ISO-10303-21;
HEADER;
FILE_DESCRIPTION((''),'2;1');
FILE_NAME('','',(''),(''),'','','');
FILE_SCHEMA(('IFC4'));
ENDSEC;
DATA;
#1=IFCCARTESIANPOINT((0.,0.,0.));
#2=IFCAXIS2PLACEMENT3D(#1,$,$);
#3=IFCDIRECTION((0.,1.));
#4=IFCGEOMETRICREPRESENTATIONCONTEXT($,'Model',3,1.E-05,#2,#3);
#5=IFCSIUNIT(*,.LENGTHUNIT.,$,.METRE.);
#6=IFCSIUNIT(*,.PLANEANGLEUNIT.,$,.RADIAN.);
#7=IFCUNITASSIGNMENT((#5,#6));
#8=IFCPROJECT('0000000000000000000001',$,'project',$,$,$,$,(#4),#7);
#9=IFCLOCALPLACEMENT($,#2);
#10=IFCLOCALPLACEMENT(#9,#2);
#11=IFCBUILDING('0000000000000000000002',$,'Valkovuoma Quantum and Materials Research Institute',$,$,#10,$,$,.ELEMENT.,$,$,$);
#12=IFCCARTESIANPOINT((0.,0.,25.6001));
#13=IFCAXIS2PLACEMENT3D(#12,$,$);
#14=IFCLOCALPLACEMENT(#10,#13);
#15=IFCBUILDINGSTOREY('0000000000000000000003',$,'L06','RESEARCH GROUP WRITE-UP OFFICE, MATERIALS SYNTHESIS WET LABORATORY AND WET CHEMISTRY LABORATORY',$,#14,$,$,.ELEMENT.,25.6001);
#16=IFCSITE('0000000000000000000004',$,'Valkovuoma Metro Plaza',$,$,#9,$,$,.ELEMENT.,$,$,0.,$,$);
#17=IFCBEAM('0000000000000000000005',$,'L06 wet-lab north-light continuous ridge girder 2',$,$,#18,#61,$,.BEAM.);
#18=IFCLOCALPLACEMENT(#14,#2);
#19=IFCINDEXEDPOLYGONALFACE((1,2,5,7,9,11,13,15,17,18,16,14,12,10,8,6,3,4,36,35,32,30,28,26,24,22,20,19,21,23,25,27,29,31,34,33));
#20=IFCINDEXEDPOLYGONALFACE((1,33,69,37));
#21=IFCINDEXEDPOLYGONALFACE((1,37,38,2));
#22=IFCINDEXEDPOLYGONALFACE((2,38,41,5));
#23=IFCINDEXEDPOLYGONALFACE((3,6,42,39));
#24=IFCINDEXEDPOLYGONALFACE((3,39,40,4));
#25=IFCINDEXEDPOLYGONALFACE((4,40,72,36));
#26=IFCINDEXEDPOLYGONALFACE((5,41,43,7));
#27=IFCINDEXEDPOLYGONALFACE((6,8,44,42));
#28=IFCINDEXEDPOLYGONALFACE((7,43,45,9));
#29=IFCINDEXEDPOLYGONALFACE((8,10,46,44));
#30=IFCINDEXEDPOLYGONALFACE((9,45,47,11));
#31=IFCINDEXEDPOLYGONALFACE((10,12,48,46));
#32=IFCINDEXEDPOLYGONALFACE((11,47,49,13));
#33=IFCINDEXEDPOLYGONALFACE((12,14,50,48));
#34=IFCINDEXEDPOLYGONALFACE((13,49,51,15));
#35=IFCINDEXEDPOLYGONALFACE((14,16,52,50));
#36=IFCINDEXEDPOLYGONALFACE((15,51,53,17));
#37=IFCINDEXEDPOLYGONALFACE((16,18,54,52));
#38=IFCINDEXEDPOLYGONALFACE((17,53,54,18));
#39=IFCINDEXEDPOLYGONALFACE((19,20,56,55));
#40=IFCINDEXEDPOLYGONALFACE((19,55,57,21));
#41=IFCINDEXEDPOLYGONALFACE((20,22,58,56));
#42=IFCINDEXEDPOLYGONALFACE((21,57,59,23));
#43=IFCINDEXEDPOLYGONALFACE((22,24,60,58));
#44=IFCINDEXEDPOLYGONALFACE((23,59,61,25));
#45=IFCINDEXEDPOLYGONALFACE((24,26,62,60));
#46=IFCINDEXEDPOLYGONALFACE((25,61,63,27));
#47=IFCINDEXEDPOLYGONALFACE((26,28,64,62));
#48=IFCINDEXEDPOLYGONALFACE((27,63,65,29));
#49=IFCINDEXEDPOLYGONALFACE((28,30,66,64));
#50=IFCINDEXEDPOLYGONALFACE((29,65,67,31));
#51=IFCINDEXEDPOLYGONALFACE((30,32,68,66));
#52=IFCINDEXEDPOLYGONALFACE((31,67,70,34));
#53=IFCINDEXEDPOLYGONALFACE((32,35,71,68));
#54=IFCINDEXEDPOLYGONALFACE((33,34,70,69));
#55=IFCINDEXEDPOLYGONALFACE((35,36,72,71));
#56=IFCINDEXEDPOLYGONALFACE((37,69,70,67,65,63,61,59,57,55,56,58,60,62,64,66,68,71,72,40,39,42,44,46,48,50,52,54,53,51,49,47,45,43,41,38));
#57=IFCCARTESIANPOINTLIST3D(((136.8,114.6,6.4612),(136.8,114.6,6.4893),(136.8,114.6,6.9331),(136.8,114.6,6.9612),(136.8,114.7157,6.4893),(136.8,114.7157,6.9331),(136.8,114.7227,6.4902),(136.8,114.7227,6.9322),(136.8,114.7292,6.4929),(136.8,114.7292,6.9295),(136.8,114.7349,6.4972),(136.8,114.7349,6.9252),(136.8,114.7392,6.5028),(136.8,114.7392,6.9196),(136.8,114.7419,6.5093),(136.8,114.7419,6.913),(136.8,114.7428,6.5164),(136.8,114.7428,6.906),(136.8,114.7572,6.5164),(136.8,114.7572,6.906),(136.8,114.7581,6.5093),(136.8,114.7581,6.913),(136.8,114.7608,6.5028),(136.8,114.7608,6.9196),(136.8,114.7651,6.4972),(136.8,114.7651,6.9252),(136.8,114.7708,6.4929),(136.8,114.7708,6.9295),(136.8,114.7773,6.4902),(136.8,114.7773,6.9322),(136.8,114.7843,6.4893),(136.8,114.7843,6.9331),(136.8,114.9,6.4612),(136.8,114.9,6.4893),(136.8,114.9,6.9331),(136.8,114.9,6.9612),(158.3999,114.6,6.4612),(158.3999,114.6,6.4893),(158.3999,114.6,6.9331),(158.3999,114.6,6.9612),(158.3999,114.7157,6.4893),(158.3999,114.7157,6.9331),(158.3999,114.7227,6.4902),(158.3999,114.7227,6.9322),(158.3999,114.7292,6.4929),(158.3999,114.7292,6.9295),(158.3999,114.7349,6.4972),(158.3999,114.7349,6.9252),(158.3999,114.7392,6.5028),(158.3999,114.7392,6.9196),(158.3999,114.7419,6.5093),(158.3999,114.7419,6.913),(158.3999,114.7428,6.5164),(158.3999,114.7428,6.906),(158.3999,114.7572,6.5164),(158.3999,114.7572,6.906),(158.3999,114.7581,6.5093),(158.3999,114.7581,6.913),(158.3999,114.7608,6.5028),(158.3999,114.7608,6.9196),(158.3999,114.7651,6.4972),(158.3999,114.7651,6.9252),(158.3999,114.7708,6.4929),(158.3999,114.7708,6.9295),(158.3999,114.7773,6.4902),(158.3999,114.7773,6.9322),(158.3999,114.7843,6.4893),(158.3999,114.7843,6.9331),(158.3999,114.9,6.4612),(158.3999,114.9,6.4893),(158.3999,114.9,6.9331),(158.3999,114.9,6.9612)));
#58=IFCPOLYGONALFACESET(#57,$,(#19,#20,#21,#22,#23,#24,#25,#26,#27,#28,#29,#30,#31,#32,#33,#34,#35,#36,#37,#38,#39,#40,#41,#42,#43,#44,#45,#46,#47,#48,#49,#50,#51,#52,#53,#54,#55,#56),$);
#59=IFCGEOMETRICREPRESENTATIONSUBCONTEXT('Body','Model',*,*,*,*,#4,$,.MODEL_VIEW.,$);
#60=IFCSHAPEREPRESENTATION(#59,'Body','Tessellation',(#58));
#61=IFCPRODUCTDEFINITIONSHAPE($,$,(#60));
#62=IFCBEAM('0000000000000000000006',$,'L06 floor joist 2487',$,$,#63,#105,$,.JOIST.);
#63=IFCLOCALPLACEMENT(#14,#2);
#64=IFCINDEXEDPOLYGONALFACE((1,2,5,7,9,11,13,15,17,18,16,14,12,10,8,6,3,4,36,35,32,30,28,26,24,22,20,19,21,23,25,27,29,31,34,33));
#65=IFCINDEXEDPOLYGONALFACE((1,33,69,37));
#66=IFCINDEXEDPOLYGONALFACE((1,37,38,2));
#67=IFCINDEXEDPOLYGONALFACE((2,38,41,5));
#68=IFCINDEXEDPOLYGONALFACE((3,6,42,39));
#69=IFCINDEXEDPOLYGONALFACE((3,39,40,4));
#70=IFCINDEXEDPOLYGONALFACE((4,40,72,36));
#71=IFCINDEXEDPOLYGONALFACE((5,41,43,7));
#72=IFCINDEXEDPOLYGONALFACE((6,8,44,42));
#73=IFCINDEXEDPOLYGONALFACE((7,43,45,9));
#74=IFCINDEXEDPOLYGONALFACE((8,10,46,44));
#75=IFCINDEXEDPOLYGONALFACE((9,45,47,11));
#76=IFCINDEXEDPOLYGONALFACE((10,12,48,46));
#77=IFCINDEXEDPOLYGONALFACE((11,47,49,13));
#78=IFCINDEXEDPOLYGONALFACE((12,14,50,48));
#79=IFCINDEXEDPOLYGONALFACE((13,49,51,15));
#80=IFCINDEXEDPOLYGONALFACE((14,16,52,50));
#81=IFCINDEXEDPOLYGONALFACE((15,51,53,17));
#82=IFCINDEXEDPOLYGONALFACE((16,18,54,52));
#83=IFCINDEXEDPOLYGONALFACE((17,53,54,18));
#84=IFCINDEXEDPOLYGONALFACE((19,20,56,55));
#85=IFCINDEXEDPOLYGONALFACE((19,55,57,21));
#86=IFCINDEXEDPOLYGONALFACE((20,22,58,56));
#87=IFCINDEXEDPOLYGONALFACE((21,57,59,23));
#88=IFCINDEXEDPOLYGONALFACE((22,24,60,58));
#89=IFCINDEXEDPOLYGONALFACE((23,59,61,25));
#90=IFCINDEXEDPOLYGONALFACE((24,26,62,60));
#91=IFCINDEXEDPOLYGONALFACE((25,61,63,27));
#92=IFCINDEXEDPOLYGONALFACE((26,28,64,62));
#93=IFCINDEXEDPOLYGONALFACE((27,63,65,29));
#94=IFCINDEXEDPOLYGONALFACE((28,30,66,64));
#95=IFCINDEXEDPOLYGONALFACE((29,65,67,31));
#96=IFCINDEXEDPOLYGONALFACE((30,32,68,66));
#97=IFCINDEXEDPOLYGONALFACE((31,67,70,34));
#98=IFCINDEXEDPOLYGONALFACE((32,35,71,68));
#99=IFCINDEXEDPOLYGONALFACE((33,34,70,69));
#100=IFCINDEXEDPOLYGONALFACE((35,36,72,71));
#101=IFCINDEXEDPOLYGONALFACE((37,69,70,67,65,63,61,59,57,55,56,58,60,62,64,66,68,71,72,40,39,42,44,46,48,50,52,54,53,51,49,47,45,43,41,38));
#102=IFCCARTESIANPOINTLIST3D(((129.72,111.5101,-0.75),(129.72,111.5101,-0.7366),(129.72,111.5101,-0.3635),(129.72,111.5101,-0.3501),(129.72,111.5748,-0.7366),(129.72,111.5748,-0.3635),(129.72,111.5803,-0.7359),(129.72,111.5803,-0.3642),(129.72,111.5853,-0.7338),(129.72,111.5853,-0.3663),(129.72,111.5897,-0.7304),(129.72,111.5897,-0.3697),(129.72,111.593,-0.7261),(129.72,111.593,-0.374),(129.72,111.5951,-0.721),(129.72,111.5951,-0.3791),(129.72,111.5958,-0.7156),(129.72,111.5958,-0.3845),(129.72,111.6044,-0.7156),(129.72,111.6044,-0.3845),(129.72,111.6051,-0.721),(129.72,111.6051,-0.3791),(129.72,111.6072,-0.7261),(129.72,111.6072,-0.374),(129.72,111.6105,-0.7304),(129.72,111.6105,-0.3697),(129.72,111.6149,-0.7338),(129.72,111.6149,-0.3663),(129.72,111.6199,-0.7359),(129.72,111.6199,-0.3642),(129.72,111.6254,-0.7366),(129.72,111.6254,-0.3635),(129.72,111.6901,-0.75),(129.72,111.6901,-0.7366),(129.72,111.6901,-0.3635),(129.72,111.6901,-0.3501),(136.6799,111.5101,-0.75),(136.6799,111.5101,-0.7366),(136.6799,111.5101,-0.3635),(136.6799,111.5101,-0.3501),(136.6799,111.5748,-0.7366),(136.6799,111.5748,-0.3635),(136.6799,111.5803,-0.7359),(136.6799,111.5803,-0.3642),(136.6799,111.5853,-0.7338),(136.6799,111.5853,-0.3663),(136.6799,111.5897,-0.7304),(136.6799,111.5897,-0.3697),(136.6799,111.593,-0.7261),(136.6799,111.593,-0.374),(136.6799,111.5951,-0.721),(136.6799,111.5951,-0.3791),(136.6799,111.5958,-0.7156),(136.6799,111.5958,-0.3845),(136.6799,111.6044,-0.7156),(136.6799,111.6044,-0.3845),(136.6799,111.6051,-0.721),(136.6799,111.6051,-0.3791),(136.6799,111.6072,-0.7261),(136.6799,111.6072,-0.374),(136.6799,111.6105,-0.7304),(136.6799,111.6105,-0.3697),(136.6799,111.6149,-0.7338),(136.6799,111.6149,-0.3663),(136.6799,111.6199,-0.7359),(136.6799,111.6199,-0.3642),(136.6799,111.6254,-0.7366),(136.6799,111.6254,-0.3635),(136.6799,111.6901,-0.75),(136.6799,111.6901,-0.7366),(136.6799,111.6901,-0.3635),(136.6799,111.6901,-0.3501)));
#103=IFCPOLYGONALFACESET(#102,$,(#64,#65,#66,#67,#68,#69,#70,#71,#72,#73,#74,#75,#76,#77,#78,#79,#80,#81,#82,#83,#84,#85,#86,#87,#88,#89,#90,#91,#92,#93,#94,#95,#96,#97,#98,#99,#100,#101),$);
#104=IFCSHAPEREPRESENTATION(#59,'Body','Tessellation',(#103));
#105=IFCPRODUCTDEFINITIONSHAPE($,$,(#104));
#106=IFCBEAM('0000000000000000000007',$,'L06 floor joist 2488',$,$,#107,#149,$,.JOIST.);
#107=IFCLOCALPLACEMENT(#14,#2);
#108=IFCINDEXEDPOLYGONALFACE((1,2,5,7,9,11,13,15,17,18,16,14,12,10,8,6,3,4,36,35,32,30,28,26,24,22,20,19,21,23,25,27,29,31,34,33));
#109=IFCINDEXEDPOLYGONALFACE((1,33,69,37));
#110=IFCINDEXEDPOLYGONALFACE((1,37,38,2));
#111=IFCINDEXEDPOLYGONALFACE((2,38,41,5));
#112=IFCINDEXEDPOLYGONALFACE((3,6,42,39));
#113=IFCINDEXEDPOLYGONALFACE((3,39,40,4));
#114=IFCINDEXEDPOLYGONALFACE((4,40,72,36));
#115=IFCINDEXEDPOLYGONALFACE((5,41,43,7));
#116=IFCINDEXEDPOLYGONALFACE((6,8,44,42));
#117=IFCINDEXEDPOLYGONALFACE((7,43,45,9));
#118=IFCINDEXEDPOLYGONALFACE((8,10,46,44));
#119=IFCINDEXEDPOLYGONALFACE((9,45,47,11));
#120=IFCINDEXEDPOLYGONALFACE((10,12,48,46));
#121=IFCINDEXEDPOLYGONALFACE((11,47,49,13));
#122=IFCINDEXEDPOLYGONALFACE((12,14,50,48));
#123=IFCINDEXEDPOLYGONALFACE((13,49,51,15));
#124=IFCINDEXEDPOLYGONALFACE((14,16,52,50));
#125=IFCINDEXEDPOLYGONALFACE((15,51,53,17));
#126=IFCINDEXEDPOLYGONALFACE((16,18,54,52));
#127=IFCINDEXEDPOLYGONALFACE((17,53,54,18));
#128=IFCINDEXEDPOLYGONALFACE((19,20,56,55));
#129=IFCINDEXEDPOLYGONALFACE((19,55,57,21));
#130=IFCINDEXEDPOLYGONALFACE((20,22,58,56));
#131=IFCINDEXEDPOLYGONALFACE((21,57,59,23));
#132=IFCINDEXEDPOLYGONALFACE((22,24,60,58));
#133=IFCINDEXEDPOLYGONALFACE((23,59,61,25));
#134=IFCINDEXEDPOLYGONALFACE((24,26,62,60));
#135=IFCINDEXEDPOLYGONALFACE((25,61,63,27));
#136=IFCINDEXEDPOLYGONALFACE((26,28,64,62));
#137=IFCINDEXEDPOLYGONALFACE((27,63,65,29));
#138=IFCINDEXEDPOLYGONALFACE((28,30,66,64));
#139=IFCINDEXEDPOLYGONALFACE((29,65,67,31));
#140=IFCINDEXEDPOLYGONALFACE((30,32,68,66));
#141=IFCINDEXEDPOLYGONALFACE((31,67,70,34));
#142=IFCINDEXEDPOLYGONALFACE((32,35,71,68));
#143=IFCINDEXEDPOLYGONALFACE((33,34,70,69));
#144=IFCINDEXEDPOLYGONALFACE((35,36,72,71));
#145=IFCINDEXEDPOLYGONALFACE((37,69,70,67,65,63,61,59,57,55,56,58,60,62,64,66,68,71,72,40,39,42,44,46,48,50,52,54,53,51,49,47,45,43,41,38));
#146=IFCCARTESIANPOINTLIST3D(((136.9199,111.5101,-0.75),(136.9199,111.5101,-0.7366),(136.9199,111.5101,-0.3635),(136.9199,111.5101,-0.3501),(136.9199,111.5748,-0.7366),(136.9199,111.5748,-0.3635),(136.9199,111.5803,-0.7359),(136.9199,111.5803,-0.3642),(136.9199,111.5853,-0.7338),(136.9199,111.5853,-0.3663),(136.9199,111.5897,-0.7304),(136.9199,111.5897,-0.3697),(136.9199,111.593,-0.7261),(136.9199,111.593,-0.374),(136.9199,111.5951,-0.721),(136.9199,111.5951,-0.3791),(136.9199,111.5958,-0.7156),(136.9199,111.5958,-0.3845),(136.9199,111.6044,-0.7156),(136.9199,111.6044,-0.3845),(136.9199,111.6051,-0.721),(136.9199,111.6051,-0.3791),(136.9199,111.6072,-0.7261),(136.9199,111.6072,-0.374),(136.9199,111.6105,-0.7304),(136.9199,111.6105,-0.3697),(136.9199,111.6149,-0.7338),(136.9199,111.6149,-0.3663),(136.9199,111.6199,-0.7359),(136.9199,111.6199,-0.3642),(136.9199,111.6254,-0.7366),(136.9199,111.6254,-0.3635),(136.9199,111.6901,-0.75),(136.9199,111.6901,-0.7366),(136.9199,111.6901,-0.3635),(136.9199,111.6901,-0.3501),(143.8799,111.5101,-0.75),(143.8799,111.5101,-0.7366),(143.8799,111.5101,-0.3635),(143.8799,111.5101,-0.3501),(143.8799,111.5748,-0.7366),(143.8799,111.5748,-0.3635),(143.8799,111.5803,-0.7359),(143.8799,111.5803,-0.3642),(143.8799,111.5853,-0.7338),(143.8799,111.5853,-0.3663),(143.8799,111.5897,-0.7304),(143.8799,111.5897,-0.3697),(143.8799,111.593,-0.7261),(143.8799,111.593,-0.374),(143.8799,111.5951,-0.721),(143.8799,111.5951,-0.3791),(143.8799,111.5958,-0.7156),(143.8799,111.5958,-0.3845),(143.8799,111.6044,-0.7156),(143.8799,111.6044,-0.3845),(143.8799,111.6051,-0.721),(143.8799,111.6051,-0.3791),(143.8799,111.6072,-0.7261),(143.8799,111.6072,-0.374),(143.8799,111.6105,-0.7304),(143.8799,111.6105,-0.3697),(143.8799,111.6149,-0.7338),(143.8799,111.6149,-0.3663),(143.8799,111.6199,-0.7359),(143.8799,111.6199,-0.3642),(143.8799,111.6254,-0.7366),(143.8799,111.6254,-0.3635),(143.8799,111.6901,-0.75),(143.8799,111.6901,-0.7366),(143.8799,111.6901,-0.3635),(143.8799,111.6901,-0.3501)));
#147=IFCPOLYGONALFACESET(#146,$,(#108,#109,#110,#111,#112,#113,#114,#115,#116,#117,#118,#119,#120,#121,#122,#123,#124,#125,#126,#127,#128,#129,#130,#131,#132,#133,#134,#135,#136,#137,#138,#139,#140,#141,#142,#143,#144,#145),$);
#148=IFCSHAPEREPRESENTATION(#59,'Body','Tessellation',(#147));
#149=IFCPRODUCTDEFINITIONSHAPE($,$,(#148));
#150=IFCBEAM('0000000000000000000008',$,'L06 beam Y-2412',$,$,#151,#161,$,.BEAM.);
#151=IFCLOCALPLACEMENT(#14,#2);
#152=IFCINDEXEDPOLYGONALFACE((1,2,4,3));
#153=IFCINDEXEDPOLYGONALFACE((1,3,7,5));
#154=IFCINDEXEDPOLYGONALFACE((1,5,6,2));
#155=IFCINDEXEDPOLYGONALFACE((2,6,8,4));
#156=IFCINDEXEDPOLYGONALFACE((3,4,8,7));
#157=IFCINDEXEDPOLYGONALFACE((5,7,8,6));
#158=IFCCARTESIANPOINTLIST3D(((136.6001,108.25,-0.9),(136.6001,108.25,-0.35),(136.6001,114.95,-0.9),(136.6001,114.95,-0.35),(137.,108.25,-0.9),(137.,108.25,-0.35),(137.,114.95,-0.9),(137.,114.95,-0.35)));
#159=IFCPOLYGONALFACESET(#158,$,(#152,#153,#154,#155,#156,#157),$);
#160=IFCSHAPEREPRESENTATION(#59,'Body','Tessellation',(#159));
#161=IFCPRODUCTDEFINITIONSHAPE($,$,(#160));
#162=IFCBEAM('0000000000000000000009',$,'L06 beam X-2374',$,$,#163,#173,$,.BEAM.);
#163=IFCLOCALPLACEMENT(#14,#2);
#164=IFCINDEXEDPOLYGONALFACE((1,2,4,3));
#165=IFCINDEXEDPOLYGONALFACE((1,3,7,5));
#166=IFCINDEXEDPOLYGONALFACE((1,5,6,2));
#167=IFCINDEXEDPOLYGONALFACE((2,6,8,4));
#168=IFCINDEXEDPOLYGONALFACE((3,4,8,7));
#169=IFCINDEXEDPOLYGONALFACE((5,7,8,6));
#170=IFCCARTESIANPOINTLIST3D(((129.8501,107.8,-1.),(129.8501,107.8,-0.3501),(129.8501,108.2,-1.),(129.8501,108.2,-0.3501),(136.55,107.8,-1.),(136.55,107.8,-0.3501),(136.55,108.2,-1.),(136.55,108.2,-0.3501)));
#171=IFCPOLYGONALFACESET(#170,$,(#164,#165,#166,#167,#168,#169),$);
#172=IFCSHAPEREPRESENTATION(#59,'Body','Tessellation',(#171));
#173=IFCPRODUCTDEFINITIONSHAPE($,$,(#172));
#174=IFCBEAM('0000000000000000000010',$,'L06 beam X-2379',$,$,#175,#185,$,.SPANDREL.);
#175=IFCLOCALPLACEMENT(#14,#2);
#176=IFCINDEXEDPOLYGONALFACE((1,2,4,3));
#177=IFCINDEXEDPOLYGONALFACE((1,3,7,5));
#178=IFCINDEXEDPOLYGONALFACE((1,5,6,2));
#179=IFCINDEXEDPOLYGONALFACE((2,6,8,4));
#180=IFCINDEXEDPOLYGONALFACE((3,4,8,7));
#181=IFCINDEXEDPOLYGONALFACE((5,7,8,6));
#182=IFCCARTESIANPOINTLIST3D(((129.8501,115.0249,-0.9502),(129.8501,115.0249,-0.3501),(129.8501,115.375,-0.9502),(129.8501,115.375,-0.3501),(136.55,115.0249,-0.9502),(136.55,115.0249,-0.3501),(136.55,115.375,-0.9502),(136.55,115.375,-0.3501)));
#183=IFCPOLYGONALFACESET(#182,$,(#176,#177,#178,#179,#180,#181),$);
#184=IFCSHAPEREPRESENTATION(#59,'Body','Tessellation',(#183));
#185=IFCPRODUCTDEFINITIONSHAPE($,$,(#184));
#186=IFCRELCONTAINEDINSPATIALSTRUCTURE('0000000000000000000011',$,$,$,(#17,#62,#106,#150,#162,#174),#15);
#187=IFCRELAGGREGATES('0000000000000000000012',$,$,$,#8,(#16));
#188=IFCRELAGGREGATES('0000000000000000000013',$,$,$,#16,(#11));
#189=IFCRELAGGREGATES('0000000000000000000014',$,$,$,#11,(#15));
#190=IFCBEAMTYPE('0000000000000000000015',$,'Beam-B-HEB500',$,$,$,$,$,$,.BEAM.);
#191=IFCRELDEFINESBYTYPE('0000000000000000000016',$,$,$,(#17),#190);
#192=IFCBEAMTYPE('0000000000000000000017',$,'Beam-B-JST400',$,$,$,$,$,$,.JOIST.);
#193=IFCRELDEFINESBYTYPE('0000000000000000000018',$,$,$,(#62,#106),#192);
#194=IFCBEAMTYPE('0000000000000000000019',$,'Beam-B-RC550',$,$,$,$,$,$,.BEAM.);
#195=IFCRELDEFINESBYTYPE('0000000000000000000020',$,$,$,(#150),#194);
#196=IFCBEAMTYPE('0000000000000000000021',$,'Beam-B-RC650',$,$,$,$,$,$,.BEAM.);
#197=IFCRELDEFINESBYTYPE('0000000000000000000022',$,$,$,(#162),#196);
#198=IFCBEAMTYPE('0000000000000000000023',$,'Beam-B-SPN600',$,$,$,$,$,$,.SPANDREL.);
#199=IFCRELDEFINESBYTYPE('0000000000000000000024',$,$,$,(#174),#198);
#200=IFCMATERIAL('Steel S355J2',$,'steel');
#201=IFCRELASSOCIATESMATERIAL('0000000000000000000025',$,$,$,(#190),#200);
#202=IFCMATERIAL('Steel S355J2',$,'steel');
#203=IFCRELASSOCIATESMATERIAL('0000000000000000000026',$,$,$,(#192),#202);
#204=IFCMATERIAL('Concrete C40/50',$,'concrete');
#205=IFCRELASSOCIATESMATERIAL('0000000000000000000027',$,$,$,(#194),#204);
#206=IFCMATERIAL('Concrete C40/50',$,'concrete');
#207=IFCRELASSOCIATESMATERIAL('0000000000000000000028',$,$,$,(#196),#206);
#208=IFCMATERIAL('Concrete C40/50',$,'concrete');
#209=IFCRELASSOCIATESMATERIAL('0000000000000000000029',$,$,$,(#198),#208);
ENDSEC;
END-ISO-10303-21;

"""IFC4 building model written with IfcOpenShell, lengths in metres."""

from ifc_helpers import new_model, si_unit, direction, frame, origin, origin_2d, place, context, subcontext, project, spatial, rectangle, i_section, extrude, material, material_profile, profile_set, type_object, element, save


model = new_model("IFC4")

# Units and contexts
model_context = context("Model", 3, precision=1e-05, world=origin(), true_north=direction((0.0, 1.0)))
body_context = subcontext(model_context, "Body", "Model", "MODEL_VIEW")
ifc_project = project(units=[si_unit("LENGTHUNIT", "METRE"), si_unit("PLANEANGLEUNIT", "RADIAN")], contexts=[model_context])

# Site, building, storey
site_placement = place(None, origin())
site = spatial("IfcSite", under=ifc_project, at=site_placement, Name="Valkovuoma Metro Plaza", CompositionType="ELEMENT", RefElevation=0.0)
building_placement = place(site_placement, origin())
building = spatial("IfcBuilding", under=site, at=building_placement, Name="Valkovuoma Quantum and Materials Research Institute", CompositionType="ELEMENT")
storey_placement = place(building_placement, frame((0.0, 0.0, 25.6001)))
storey = spatial("IfcBuildingStorey", under=building, at=storey_placement, Name="L06", Description="RESEARCH GROUP WRITE-UP OFFICE, MATERIALS SYNTHESIS WET LABORATORY AND WET CHEMISTRY LABORATORY", CompositionType="ELEMENT", Elevation=25.6001)

# Beams
ifc_material_1 = material(Name="Steel S355J2", Category="steel")
ifc_material_profile_1 = material_profile(ifc_material_1, i_section(OverallWidth=0.3, OverallDepth=0.5, WebThickness=0.0144, FlangeThickness=0.0281, FilletRadius=0.0271, at=origin_2d()), Name="Steel S355J2")
ifc_profile_set_1 = profile_set([ifc_material_profile_1], Name="Steel S355J2")
beam_type_1 = type_object("IfcBeamType", Name="Beam-B-HEB500", PredefinedType="BEAM", material=ifc_profile_set_1)
beam_1_placement = place(storey_placement, frame((136.8, 114.75, 6.7112), z_axis=(1.0, 0.0, 0.0), x_axis=(0.0, 1.0, 0.0)))
element("IfcBeam", 1, at=beam_1_placement, inside=storey, type_object=beam_type_1, Name="L06 wet-lab north-light continuous ridge girder 2", PredefinedType="BEAM", context=body_context, shape_type="SweptSolid", body=[
    extrude(i_section(OverallWidth=0.3, OverallDepth=0.5, WebThickness=0.0144, FlangeThickness=0.0281, FilletRadius=0.0271, at=origin_2d()), origin(), (0.0, 0.0, 1.0), 21.5999),
])
ifc_material_2 = material(Name="Steel S355J2", Category="steel")
ifc_material_profile_2 = material_profile(ifc_material_2, i_section(OverallWidth=0.1799, OverallDepth=0.3999, WebThickness=0.0085, FlangeThickness=0.0134, FilletRadius=0.021, at=origin_2d()), Name="Steel S355J2")
ifc_profile_set_2 = profile_set([ifc_material_profile_2], Name="Steel S355J2")
beam_type_2 = type_object("IfcBeamType", Name="Beam-B-JST400", PredefinedType="JOIST", material=ifc_profile_set_2)
for number, where, z_axis, x_axis, name in (
    (2, (129.72, 111.6001, -0.55), (1.0, 0.0, 0.0), (0.0, 1.0, 0.0), "L06 floor joist 2487"),
    (3, (136.9199, 111.6001, -0.55), (1.0, 0.0, 0.0), (0.0, 1.0, 0.0), "L06 floor joist 2488"),
):
    element("IfcBeam", number, at=place(storey_placement, frame(where, z_axis=z_axis, x_axis=x_axis)), inside=storey, type_object=beam_type_2, Name=name, PredefinedType="JOIST", context=body_context, shape_type="SweptSolid", body=[
        extrude(i_section(OverallWidth=0.1799, OverallDepth=0.3999, WebThickness=0.0085, FlangeThickness=0.0134, FilletRadius=0.021, at=origin_2d()), origin(), (0.0, 0.0, 1.0), 6.96),
    ])
ifc_material_3 = material(Name="Concrete C40/50", Category="concrete")
ifc_material_profile_3 = material_profile(ifc_material_3, rectangle(XDim=0.3999, YDim=0.55, at=origin_2d()), Name="Concrete C40/50")
ifc_profile_set_3 = profile_set([ifc_material_profile_3], Name="Concrete C40/50")
beam_type_3 = type_object("IfcBeamType", Name="Beam-B-RC550", PredefinedType="BEAM", material=ifc_profile_set_3)
beam_2_placement = place(storey_placement, frame((136.8, 108.25, -0.625), z_axis=(0.0, 1.0, 0.0), x_axis=(-1.0, 0.0, 0.0)))
element("IfcBeam", 4, at=beam_2_placement, inside=storey, type_object=beam_type_3, Name="L06 beam Y-2412", PredefinedType="BEAM", context=body_context, shape_type="SweptSolid", body=[
    extrude(rectangle(XDim=0.3999, YDim=0.55, at=origin_2d()), origin(), (0.0, 0.0, 1.0), 6.7),
])
ifc_material_4 = material(Name="Concrete C40/50", Category="concrete")
ifc_material_profile_4 = material_profile(ifc_material_4, rectangle(XDim=0.3999, YDim=0.6499, at=origin_2d()), Name="Concrete C40/50")
ifc_profile_set_4 = profile_set([ifc_material_profile_4], Name="Concrete C40/50")
beam_type_4 = type_object("IfcBeamType", Name="Beam-B-RC650", PredefinedType="BEAM", material=ifc_profile_set_4)
beam_3_placement = place(storey_placement, frame((129.8501, 108.0, -0.675), z_axis=(1.0, 0.0, 0.0), x_axis=(0.0, 1.0, 0.0)))
element("IfcBeam", 5, at=beam_3_placement, inside=storey, type_object=beam_type_4, Name="L06 beam X-2374", PredefinedType="BEAM", context=body_context, shape_type="SweptSolid", body=[
    extrude(rectangle(XDim=0.3999, YDim=0.6499, at=origin_2d()), origin(), (0.0, 0.0, 1.0), 6.7),
])
ifc_material_5 = material(Name="Concrete C40/50", Category="concrete")
ifc_material_profile_5 = material_profile(ifc_material_5, rectangle(XDim=0.3501, YDim=0.6001, at=origin_2d()), Name="Concrete C40/50")
ifc_profile_set_5 = profile_set([ifc_material_profile_5], Name="Concrete C40/50")
beam_type_5 = type_object("IfcBeamType", Name="Beam-B-SPN600", PredefinedType="SPANDREL", material=ifc_profile_set_5)
for number, where, z_axis, x_axis, name in (
    (6, (129.8501, 115.2, -0.6501), (1.0, 0.0, 0.0), (0.0, 1.0, 0.0), "L06 beam X-2379"),
):
    element("IfcBeam", number, at=place(storey_placement, frame(where, z_axis=z_axis, x_axis=x_axis)), inside=storey, type_object=beam_type_5, Name=name, PredefinedType="SPANDREL", context=body_context, shape_type="SweptSolid", body=[
        extrude(rectangle(XDim=0.3501, YDim=0.6001, at=origin_2d()), origin(), (0.0, 0.0, 1.0), 6.7),
    ])

save(model, "model.ifc")
